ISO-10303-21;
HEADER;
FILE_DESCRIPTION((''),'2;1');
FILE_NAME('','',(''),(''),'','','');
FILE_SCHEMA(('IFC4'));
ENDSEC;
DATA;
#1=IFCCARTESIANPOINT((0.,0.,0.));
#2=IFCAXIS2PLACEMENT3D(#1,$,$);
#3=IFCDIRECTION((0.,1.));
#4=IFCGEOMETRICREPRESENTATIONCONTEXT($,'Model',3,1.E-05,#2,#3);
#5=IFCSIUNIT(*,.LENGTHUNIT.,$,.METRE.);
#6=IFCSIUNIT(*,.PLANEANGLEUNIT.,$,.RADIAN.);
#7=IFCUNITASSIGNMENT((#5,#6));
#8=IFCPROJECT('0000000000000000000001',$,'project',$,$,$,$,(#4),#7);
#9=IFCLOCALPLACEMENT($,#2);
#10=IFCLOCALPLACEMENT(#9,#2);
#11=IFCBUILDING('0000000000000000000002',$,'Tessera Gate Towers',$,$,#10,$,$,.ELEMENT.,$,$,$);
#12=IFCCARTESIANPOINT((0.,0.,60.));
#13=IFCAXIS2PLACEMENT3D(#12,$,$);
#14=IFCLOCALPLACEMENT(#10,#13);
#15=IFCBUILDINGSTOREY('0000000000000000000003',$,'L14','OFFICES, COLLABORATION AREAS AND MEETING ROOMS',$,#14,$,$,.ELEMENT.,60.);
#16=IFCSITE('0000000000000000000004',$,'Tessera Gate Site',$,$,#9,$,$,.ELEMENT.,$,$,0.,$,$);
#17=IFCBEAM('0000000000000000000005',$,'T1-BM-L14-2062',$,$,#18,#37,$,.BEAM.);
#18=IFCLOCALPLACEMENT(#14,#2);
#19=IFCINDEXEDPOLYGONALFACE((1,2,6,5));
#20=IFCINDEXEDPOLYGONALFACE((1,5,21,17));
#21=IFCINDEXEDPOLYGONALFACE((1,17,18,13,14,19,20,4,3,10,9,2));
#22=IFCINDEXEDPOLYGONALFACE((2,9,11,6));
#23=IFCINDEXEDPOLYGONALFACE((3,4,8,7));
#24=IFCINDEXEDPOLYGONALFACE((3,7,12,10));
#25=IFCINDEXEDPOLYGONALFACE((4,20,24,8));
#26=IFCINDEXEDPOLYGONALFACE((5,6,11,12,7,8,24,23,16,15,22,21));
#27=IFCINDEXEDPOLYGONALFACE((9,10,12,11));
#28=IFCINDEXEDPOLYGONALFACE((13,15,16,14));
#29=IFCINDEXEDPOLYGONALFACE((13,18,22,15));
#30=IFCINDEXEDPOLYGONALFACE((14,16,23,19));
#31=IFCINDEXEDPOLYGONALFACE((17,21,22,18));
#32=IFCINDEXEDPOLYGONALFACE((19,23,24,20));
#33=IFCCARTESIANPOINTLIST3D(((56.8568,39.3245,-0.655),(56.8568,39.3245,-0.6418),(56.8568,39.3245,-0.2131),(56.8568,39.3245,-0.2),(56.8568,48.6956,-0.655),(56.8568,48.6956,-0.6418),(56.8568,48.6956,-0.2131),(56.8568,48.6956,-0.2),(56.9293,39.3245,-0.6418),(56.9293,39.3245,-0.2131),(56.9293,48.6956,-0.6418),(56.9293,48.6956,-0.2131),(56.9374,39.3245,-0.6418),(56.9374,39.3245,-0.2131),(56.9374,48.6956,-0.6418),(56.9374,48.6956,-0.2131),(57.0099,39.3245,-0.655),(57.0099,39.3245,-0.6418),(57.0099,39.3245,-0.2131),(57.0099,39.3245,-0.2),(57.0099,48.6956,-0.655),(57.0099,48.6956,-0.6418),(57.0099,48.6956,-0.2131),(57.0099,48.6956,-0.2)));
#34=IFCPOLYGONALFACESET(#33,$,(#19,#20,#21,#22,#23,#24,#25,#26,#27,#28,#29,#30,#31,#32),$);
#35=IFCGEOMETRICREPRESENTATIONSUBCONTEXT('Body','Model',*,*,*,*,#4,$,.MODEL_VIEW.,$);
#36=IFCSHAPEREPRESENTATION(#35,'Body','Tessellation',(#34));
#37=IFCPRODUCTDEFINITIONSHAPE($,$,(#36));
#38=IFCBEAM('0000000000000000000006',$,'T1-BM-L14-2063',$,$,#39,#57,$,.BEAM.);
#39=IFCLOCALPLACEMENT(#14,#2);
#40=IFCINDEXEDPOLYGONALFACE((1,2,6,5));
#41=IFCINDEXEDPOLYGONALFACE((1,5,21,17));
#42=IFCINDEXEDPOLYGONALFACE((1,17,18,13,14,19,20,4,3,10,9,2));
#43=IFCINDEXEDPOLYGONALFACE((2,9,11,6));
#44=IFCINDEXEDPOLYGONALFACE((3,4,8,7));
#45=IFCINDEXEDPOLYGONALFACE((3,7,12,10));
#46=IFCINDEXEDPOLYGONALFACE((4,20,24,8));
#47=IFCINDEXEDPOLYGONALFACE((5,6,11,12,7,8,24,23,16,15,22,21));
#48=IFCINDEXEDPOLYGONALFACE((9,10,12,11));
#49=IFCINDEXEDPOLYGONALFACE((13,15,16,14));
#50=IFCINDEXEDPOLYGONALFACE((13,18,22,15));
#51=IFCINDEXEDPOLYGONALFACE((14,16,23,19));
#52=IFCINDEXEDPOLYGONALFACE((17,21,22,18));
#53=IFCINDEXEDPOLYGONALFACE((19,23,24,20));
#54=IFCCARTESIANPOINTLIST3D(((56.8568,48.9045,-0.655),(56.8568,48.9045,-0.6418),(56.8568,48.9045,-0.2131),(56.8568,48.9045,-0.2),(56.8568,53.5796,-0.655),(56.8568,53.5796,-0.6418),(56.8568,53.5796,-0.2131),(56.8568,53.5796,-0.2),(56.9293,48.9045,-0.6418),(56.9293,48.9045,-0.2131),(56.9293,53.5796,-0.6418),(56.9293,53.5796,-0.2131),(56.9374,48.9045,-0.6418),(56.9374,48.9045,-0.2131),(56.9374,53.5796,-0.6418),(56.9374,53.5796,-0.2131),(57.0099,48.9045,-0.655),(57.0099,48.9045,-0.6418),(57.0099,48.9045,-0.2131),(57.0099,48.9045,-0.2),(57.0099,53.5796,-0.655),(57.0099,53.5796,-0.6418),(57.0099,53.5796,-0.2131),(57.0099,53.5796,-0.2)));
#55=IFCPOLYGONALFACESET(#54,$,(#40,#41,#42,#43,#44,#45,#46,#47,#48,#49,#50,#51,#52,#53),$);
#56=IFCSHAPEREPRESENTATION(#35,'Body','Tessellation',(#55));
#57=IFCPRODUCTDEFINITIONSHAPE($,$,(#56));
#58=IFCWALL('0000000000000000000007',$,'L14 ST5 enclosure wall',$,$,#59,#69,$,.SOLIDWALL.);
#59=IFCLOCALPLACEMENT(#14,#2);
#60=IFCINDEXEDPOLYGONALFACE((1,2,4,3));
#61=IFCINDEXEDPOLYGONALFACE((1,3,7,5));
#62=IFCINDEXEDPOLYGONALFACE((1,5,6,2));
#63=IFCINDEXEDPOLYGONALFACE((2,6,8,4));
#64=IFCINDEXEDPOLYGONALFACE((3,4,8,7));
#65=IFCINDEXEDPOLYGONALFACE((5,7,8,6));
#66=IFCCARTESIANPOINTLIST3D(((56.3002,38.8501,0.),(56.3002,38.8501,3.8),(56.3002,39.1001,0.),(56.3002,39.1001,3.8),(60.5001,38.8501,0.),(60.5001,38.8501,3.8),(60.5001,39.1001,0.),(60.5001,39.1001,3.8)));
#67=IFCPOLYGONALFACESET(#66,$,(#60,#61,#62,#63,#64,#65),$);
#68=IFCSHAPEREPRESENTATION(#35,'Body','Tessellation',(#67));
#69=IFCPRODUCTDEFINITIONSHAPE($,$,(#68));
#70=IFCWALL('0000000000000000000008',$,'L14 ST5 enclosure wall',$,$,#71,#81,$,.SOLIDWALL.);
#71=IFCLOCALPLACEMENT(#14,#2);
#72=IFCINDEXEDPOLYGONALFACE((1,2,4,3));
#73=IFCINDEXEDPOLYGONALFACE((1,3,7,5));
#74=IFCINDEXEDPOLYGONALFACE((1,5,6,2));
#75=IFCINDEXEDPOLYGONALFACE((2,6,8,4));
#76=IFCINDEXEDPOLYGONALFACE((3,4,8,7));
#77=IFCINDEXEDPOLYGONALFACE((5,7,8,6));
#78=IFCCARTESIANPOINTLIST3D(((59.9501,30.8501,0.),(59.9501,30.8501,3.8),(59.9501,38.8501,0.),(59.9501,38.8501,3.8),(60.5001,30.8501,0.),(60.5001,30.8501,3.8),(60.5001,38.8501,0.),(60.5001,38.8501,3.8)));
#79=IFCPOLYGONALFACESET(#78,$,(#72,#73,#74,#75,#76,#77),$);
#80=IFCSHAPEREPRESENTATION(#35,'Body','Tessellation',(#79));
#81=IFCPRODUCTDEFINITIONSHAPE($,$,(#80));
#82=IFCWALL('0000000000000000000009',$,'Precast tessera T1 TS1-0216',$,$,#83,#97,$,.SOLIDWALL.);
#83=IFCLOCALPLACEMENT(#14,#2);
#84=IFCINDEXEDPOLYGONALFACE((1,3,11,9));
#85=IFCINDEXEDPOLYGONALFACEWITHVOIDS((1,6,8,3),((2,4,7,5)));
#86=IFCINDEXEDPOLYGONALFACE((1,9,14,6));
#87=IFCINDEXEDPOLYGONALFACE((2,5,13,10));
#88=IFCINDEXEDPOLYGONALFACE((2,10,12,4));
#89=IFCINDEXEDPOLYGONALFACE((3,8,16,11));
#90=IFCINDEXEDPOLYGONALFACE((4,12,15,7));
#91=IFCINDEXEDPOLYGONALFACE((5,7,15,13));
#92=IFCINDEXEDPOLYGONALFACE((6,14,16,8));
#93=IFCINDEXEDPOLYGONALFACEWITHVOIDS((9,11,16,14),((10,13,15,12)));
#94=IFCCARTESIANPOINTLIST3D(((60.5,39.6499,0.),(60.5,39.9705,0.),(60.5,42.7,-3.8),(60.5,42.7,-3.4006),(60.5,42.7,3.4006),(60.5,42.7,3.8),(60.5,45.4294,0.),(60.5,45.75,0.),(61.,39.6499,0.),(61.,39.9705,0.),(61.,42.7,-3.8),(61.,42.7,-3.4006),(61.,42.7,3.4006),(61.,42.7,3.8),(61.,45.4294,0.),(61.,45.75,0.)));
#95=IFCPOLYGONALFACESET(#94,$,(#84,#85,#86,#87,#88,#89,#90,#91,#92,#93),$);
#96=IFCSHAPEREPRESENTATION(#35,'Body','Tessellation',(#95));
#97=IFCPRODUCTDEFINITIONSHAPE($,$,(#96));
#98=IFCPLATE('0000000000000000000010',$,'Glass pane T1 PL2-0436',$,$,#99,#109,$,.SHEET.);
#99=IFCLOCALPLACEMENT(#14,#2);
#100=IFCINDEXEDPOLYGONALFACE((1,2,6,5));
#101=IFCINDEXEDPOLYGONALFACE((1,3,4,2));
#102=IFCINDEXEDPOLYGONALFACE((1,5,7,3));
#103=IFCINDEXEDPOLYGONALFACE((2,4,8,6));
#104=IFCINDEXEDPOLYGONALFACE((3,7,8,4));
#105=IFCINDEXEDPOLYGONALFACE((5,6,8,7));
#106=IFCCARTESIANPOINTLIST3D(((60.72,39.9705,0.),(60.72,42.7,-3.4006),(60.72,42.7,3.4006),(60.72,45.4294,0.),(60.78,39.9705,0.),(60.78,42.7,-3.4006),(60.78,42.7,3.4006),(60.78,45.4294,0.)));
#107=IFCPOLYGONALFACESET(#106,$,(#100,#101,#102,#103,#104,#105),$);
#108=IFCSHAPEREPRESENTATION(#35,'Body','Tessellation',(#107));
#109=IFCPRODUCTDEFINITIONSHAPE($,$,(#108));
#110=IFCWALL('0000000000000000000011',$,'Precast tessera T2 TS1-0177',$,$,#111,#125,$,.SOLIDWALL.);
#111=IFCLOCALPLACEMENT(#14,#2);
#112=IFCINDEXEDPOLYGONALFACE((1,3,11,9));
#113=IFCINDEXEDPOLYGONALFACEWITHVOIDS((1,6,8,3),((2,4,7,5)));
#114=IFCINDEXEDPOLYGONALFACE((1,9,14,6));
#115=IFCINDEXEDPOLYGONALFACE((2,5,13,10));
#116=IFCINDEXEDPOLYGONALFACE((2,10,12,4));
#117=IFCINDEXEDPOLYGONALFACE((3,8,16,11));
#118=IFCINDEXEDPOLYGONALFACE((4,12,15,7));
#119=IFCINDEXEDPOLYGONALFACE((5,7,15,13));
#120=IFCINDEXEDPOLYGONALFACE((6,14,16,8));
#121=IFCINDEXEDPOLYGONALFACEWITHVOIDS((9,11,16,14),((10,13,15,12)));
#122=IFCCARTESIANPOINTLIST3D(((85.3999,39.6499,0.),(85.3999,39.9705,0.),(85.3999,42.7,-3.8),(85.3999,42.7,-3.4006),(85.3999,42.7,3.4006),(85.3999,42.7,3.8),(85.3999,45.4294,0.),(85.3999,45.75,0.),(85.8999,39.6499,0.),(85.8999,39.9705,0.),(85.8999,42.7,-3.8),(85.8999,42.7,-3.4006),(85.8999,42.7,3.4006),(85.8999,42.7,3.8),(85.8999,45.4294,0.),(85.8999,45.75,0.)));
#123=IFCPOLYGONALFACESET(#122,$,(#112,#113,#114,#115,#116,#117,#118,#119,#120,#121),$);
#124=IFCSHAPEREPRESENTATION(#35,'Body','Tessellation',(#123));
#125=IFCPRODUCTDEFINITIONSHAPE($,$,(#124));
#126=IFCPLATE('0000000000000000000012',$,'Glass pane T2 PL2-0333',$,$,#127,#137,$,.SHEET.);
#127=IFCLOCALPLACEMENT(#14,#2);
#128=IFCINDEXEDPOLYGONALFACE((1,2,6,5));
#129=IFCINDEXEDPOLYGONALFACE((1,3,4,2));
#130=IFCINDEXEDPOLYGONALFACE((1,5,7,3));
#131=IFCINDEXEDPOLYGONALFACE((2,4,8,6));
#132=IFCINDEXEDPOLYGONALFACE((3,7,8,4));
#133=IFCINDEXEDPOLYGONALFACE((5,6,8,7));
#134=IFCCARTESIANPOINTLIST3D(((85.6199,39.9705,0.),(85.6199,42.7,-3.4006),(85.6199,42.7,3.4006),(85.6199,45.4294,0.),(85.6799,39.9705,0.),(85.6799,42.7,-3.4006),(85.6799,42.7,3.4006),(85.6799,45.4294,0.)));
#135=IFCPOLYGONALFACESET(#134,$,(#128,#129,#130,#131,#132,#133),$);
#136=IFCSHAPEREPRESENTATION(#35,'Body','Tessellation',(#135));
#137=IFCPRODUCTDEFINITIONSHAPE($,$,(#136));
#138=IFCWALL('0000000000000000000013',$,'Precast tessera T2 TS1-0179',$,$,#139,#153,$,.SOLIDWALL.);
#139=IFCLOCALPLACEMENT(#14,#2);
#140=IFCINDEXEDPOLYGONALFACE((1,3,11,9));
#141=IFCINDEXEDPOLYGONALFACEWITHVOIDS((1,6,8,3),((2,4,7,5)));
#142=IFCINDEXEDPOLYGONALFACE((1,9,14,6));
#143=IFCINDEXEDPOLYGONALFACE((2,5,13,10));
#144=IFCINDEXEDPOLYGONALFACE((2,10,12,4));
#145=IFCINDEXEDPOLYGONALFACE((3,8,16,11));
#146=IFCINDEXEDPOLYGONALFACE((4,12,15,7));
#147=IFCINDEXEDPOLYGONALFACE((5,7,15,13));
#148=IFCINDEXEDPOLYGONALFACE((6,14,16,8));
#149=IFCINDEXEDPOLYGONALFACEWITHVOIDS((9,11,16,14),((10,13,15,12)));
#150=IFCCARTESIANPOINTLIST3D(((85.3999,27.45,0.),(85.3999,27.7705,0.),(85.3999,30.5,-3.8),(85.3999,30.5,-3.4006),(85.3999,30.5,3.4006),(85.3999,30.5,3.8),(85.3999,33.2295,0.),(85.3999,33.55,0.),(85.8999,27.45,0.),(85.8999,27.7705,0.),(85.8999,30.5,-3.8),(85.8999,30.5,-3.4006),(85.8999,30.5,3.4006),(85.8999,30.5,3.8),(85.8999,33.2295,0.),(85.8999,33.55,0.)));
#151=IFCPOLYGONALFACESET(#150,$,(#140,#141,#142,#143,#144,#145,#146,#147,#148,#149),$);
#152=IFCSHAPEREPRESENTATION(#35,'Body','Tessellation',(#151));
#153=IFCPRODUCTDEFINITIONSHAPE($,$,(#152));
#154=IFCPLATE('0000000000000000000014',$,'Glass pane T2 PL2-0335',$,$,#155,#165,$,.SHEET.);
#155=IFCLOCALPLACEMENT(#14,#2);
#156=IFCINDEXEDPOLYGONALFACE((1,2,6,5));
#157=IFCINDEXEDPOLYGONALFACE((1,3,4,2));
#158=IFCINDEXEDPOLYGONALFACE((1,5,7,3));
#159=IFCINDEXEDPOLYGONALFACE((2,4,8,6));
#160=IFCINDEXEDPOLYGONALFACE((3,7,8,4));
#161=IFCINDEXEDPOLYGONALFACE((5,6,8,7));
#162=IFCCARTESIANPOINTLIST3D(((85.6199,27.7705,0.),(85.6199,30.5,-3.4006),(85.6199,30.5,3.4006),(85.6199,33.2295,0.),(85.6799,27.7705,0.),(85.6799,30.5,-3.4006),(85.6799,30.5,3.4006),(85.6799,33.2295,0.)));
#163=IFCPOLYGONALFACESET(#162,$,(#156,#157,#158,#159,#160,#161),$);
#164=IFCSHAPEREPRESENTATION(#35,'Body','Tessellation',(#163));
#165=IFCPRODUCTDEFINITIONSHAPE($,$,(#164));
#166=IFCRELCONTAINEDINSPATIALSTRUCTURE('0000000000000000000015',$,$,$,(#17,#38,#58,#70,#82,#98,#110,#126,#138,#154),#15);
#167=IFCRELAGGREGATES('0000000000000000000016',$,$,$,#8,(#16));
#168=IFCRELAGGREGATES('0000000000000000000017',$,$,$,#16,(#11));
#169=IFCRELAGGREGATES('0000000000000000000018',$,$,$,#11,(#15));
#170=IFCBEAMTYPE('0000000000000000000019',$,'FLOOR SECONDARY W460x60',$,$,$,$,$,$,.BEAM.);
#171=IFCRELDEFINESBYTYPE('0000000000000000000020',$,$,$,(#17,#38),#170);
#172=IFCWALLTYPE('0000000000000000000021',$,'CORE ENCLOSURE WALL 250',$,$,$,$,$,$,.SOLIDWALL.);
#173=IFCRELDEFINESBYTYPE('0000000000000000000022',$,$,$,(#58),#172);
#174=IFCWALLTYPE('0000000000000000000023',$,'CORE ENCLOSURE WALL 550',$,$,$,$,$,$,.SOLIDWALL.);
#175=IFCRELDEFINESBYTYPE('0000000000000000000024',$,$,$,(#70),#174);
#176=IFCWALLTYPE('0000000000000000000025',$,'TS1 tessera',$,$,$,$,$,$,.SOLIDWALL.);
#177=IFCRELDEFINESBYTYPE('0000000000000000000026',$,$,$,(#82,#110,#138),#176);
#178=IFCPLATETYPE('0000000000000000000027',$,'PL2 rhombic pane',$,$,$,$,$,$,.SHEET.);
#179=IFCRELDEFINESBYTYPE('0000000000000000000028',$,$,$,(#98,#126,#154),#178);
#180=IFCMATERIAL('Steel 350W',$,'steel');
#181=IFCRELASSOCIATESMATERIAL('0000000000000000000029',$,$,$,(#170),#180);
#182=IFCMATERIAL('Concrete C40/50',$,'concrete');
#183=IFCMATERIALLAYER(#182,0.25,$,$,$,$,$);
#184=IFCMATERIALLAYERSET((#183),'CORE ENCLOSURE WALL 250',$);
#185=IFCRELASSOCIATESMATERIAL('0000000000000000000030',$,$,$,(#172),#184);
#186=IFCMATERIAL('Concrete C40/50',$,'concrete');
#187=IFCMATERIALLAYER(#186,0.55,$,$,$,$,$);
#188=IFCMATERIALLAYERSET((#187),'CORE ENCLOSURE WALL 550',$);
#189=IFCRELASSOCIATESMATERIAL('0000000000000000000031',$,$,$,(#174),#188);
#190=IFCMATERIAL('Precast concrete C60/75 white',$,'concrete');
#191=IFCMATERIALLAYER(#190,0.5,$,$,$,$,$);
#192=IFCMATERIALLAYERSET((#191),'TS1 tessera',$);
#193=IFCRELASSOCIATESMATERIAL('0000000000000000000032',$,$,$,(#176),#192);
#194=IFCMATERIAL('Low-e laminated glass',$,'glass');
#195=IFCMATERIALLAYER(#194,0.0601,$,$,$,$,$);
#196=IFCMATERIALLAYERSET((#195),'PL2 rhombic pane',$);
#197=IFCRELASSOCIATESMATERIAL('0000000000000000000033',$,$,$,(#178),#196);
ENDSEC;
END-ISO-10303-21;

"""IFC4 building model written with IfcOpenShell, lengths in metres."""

from ifc_helpers import new_model, si_unit, direction, frame, frame_2d, origin, origin_2d, place, context, subcontext, project, spatial, polyline, rectangle, i_section, outline, extrude, source, transform, mapped, material, layer, layer_set, material_profile, profile_set, type_object, element, fill, save


model = new_model("IFC4")

# Units and contexts
model_context = context("Model", 3, precision=1e-05, world=origin(), true_north=direction((0.0, 1.0)))
body_context = subcontext(model_context, "Body", "Model", "MODEL_VIEW")
ifc_project = project(units=[si_unit("LENGTHUNIT", "METRE"), si_unit("PLANEANGLEUNIT", "RADIAN")], contexts=[model_context])

# Site, building, storey
site_placement = place(None, origin())
site = spatial("IfcSite", under=ifc_project, at=site_placement, Name="Tessera Gate Site", CompositionType="ELEMENT", RefElevation=0.0)
building_placement = place(site_placement, origin())
building = spatial("IfcBuilding", under=site, at=building_placement, Name="Tessera Gate Towers", CompositionType="ELEMENT")
storey_placement = place(building_placement, frame((0.0, 0.0, 60.0)))
storey = spatial("IfcBuildingStorey", under=building, at=storey_placement, Name="L14", Description="OFFICES, COLLABORATION AREAS AND MEETING ROOMS", CompositionType="ELEMENT", Elevation=60.0)

# Beams
ifc_material_1 = material(Name="Steel 350W", Category="steel")
ifc_material_profile = material_profile(ifc_material_1, i_section(OverallWidth=0.1531, OverallDepth=0.4551, WebThickness=0.0081, FlangeThickness=0.0132, at=origin_2d()), Name="W460x60")
ifc_profile_set = profile_set([ifc_material_profile], Name="Steel 350W")
beam_type = type_object("IfcBeamType", Name="FLOOR SECONDARY W460x60", PredefinedType="BEAM", material=ifc_profile_set)
beam_1_placement = place(storey_placement, frame((56.9333, 39.3245, -0.4275), z_axis=(0.0, 1.0, 0.0), x_axis=(-1.0, 0.0, 0.0)))
element("IfcBeam", 1, at=beam_1_placement, inside=storey, type_object=beam_type, Name="T1-BM-L14-2062", PredefinedType="BEAM", context=body_context, shape_type="SweptSolid", body=[
    extrude(i_section(OverallWidth=0.1531, OverallDepth=0.4551, WebThickness=0.0081, FlangeThickness=0.0132, at=origin_2d()), origin(), (0.0, 0.0, 1.0), 9.3711),
])
beam_2_placement = place(storey_placement, frame((56.9333, 48.9045, -0.4275), z_axis=(0.0, 1.0, 0.0), x_axis=(-1.0, 0.0, 0.0)))
element("IfcBeam", 2, at=beam_2_placement, inside=storey, type_object=beam_type, Name="T1-BM-L14-2063", PredefinedType="BEAM", context=body_context, shape_type="SweptSolid", body=[
    extrude(i_section(OverallWidth=0.1531, OverallDepth=0.4551, WebThickness=0.0081, FlangeThickness=0.0132, at=origin_2d()), origin(), (0.0, 0.0, 1.0), 4.675),
])

# Walls
ifc_material_2 = material(Name="Concrete C40/50", Category="concrete")
ifc_layer_1 = layer(ifc_material_2, 0.25)
ifc_layer_set_1 = layer_set([ifc_layer_1], Name="CORE ENCLOSURE WALL 250")
wall_type_1 = type_object("IfcWallType", Name="CORE ENCLOSURE WALL 250", PredefinedType="SOLIDWALL", material=ifc_layer_set_1)
wall_1_placement = place(storey_placement, frame((56.3, 38.9751, 0.0), z_axis=(0.0, 0.0, 1.0), x_axis=(1.0, 0.0, 0.0)))
element("IfcWall", 3, at=wall_1_placement, inside=storey, type_object=wall_type_1, Name="L14 ST5 enclosure wall", PredefinedType="SOLIDWALL", context=body_context, shape_type="SweptSolid", body=[
    extrude(rectangle(XDim=4.2, YDim=0.25, at=frame_2d((2.1001, 0.0))), origin(), (0.0, 0.0, 1.0), 3.8),
])
ifc_material_3 = material(Name="Concrete C40/50", Category="concrete")
ifc_layer_2 = layer(ifc_material_3, 0.55)
ifc_layer_set_2 = layer_set([ifc_layer_2], Name="CORE ENCLOSURE WALL 550")
wall_type_2 = type_object("IfcWallType", Name="CORE ENCLOSURE WALL 550", PredefinedType="SOLIDWALL", material=ifc_layer_set_2)
wall_2_placement = place(storey_placement, frame((60.2251, 38.8501, 0.0), z_axis=(0.0, 0.0, 1.0), x_axis=(0.0, -1.0, 0.0)))
element("IfcWall", 4, at=wall_2_placement, inside=storey, type_object=wall_type_2, Name="L14 ST5 enclosure wall", PredefinedType="SOLIDWALL", context=body_context, shape_type="SweptSolid", body=[
    extrude(rectangle(XDim=8.0, YDim=0.55, at=frame_2d((4.0, 0.0))), origin(), (0.0, 0.0, 1.0), 3.8),
])

# Walls, openings, plates
ifc_material_4 = material(Name="Precast concrete C60/75 white", Category="concrete")
ifc_layer_3 = layer(ifc_material_4, 0.5)
ifc_layer_set_3 = layer_set([ifc_layer_3], Name="TS1 tessera")
wall_type_3 = type_object("IfcWallType", Name="TS1 tessera", PredefinedType="SOLIDWALL", material=ifc_layer_set_3)
shared_shape_1 = source(origin(), body_context, "Body", "SweptSolid", [
    extrude(outline(polyline([(3.05, 0.0), (6.1001, 3.8), (3.05, 7.6001), (0.0, 3.8), (3.05, 0.0)])), frame((0.0, 0.25, 0.0), z_axis=(0.0, -1.0, 0.0), x_axis=(1.0, 0.0, 0.0)), (0.0, 0.0, 1.0), 0.5),
])
wall_3_placement = place(storey_placement, frame((60.75, 39.6499, -3.8), z_axis=(0.0, 0.0, 1.0), x_axis=(0.0, 1.0, 0.0)))
wall_3 = element("IfcWall", 5, at=wall_3_placement, inside=storey, type_object=wall_type_3, Name="Precast tessera T1 TS1-0216", PredefinedType="SOLIDWALL", context=body_context, shape_type="MappedRepresentation", body=[
    mapped(shared_shape_1, transform((0.0, 0.0, 0.0), scale=1.0)),
])
shared_shape_2 = source(origin(), body_context, "Body", "SweptSolid", [
    extrude(outline(polyline([(3.05, 0.3994), (5.7795, 3.8), (3.05, 7.2007), (0.3206, 3.8), (3.05, 0.3994)])), frame((0.0, 0.26, 0.0), z_axis=(0.0, -1.0, 0.0), x_axis=(1.0, 0.0, 0.0)), (0.0, 0.0, 1.0), 0.52),
])
opening_1_placement = place(wall_3_placement, origin())
opening_1 = element("IfcOpeningElement", 6, at=opening_1_placement, cuts=wall_3, PredefinedType="OPENING", context=body_context, shape_type="MappedRepresentation", body=[
    mapped(shared_shape_2, transform((0.0, 0.0, 0.0), scale=1.0)),
])
ifc_material_5 = material(Name="Low-e laminated glass", Category="glass")
ifc_layer_4 = layer(ifc_material_5, 0.0601)
ifc_layer_set_4 = layer_set([ifc_layer_4], Name="PL2 rhombic pane")
plate_type_1 = type_object("IfcPlateType", Name="PL2 rhombic pane", PredefinedType="SHEET", material=ifc_layer_set_4)
shared_shape_3 = source(origin(), body_context, "Body", "SweptSolid", [
    extrude(outline(polyline([(3.05, 0.3994), (5.7795, 3.8), (3.05, 7.2007), (0.3206, 3.8), (3.05, 0.3994)])), frame((0.0, 0.03, 0.0), z_axis=(0.0, -1.0, 0.0), x_axis=(1.0, 0.0, 0.0)), (0.0, 0.0, 1.0), 0.0601),
])
plate_1_placement = place(opening_1_placement, origin())
plate_1 = element("IfcPlate", 7, at=plate_1_placement, inside=storey, type_object=plate_type_1, Name="Glass pane T1 PL2-0436", PredefinedType="SHEET", context=body_context, shape_type="MappedRepresentation", body=[
    mapped(shared_shape_3, transform((0.0, 0.0, 0.0), scale=1.0)),
])
fill(opening_1, plate_1)
wall_4_placement = place(storey_placement, frame((85.6499, 45.75, -3.8), z_axis=(0.0, 0.0, 1.0), x_axis=(0.0, -1.0, 0.0)))
wall_4 = element("IfcWall", 8, at=wall_4_placement, inside=storey, type_object=wall_type_3, Name="Precast tessera T2 TS1-0177", PredefinedType="SOLIDWALL", context=body_context, shape_type="MappedRepresentation", body=[
    mapped(shared_shape_1, transform((0.0, 0.0, 0.0), scale=1.0)),
])
opening_2_placement = place(wall_4_placement, origin())
opening_2 = element("IfcOpeningElement", 9, at=opening_2_placement, cuts=wall_4, PredefinedType="OPENING", context=body_context, shape_type="MappedRepresentation", body=[
    mapped(shared_shape_2, transform((0.0, 0.0, 0.0), scale=1.0)),
])
plate_2_placement = place(opening_2_placement, origin())
plate_2 = element("IfcPlate", 10, at=plate_2_placement, inside=storey, type_object=plate_type_1, Name="Glass pane T2 PL2-0333", PredefinedType="SHEET", context=body_context, shape_type="MappedRepresentation", body=[
    mapped(shared_shape_3, transform((0.0, 0.0, 0.0), scale=1.0)),
])
fill(opening_2, plate_2)
wall_5_placement = place(storey_placement, frame((85.6499, 33.55, -3.8), z_axis=(0.0, 0.0, 1.0), x_axis=(0.0, -1.0, 0.0)))
wall_5 = element("IfcWall", 11, at=wall_5_placement, inside=storey, type_object=wall_type_3, Name="Precast tessera T2 TS1-0179", PredefinedType="SOLIDWALL", context=body_context, shape_type="MappedRepresentation", body=[
    mapped(shared_shape_1, transform((0.0, 0.0, 0.0), scale=1.0)),
])
opening_3_placement = place(wall_5_placement, origin())
opening_3 = element("IfcOpeningElement", 12, at=opening_3_placement, cuts=wall_5, PredefinedType="OPENING", context=body_context, shape_type="MappedRepresentation", body=[
    mapped(shared_shape_2, transform((0.0, 0.0, 0.0), scale=1.0)),
])
plate_3_placement = place(opening_3_placement, origin())
plate_3 = element("IfcPlate", 13, at=plate_3_placement, inside=storey, type_object=plate_type_1, Name="Glass pane T2 PL2-0335", PredefinedType="SHEET", context=body_context, shape_type="MappedRepresentation", body=[
    mapped(shared_shape_3, transform((0.0, 0.0, 0.0), scale=1.0)),
])
fill(opening_3, plate_3)

save(model, "model.ifc")
